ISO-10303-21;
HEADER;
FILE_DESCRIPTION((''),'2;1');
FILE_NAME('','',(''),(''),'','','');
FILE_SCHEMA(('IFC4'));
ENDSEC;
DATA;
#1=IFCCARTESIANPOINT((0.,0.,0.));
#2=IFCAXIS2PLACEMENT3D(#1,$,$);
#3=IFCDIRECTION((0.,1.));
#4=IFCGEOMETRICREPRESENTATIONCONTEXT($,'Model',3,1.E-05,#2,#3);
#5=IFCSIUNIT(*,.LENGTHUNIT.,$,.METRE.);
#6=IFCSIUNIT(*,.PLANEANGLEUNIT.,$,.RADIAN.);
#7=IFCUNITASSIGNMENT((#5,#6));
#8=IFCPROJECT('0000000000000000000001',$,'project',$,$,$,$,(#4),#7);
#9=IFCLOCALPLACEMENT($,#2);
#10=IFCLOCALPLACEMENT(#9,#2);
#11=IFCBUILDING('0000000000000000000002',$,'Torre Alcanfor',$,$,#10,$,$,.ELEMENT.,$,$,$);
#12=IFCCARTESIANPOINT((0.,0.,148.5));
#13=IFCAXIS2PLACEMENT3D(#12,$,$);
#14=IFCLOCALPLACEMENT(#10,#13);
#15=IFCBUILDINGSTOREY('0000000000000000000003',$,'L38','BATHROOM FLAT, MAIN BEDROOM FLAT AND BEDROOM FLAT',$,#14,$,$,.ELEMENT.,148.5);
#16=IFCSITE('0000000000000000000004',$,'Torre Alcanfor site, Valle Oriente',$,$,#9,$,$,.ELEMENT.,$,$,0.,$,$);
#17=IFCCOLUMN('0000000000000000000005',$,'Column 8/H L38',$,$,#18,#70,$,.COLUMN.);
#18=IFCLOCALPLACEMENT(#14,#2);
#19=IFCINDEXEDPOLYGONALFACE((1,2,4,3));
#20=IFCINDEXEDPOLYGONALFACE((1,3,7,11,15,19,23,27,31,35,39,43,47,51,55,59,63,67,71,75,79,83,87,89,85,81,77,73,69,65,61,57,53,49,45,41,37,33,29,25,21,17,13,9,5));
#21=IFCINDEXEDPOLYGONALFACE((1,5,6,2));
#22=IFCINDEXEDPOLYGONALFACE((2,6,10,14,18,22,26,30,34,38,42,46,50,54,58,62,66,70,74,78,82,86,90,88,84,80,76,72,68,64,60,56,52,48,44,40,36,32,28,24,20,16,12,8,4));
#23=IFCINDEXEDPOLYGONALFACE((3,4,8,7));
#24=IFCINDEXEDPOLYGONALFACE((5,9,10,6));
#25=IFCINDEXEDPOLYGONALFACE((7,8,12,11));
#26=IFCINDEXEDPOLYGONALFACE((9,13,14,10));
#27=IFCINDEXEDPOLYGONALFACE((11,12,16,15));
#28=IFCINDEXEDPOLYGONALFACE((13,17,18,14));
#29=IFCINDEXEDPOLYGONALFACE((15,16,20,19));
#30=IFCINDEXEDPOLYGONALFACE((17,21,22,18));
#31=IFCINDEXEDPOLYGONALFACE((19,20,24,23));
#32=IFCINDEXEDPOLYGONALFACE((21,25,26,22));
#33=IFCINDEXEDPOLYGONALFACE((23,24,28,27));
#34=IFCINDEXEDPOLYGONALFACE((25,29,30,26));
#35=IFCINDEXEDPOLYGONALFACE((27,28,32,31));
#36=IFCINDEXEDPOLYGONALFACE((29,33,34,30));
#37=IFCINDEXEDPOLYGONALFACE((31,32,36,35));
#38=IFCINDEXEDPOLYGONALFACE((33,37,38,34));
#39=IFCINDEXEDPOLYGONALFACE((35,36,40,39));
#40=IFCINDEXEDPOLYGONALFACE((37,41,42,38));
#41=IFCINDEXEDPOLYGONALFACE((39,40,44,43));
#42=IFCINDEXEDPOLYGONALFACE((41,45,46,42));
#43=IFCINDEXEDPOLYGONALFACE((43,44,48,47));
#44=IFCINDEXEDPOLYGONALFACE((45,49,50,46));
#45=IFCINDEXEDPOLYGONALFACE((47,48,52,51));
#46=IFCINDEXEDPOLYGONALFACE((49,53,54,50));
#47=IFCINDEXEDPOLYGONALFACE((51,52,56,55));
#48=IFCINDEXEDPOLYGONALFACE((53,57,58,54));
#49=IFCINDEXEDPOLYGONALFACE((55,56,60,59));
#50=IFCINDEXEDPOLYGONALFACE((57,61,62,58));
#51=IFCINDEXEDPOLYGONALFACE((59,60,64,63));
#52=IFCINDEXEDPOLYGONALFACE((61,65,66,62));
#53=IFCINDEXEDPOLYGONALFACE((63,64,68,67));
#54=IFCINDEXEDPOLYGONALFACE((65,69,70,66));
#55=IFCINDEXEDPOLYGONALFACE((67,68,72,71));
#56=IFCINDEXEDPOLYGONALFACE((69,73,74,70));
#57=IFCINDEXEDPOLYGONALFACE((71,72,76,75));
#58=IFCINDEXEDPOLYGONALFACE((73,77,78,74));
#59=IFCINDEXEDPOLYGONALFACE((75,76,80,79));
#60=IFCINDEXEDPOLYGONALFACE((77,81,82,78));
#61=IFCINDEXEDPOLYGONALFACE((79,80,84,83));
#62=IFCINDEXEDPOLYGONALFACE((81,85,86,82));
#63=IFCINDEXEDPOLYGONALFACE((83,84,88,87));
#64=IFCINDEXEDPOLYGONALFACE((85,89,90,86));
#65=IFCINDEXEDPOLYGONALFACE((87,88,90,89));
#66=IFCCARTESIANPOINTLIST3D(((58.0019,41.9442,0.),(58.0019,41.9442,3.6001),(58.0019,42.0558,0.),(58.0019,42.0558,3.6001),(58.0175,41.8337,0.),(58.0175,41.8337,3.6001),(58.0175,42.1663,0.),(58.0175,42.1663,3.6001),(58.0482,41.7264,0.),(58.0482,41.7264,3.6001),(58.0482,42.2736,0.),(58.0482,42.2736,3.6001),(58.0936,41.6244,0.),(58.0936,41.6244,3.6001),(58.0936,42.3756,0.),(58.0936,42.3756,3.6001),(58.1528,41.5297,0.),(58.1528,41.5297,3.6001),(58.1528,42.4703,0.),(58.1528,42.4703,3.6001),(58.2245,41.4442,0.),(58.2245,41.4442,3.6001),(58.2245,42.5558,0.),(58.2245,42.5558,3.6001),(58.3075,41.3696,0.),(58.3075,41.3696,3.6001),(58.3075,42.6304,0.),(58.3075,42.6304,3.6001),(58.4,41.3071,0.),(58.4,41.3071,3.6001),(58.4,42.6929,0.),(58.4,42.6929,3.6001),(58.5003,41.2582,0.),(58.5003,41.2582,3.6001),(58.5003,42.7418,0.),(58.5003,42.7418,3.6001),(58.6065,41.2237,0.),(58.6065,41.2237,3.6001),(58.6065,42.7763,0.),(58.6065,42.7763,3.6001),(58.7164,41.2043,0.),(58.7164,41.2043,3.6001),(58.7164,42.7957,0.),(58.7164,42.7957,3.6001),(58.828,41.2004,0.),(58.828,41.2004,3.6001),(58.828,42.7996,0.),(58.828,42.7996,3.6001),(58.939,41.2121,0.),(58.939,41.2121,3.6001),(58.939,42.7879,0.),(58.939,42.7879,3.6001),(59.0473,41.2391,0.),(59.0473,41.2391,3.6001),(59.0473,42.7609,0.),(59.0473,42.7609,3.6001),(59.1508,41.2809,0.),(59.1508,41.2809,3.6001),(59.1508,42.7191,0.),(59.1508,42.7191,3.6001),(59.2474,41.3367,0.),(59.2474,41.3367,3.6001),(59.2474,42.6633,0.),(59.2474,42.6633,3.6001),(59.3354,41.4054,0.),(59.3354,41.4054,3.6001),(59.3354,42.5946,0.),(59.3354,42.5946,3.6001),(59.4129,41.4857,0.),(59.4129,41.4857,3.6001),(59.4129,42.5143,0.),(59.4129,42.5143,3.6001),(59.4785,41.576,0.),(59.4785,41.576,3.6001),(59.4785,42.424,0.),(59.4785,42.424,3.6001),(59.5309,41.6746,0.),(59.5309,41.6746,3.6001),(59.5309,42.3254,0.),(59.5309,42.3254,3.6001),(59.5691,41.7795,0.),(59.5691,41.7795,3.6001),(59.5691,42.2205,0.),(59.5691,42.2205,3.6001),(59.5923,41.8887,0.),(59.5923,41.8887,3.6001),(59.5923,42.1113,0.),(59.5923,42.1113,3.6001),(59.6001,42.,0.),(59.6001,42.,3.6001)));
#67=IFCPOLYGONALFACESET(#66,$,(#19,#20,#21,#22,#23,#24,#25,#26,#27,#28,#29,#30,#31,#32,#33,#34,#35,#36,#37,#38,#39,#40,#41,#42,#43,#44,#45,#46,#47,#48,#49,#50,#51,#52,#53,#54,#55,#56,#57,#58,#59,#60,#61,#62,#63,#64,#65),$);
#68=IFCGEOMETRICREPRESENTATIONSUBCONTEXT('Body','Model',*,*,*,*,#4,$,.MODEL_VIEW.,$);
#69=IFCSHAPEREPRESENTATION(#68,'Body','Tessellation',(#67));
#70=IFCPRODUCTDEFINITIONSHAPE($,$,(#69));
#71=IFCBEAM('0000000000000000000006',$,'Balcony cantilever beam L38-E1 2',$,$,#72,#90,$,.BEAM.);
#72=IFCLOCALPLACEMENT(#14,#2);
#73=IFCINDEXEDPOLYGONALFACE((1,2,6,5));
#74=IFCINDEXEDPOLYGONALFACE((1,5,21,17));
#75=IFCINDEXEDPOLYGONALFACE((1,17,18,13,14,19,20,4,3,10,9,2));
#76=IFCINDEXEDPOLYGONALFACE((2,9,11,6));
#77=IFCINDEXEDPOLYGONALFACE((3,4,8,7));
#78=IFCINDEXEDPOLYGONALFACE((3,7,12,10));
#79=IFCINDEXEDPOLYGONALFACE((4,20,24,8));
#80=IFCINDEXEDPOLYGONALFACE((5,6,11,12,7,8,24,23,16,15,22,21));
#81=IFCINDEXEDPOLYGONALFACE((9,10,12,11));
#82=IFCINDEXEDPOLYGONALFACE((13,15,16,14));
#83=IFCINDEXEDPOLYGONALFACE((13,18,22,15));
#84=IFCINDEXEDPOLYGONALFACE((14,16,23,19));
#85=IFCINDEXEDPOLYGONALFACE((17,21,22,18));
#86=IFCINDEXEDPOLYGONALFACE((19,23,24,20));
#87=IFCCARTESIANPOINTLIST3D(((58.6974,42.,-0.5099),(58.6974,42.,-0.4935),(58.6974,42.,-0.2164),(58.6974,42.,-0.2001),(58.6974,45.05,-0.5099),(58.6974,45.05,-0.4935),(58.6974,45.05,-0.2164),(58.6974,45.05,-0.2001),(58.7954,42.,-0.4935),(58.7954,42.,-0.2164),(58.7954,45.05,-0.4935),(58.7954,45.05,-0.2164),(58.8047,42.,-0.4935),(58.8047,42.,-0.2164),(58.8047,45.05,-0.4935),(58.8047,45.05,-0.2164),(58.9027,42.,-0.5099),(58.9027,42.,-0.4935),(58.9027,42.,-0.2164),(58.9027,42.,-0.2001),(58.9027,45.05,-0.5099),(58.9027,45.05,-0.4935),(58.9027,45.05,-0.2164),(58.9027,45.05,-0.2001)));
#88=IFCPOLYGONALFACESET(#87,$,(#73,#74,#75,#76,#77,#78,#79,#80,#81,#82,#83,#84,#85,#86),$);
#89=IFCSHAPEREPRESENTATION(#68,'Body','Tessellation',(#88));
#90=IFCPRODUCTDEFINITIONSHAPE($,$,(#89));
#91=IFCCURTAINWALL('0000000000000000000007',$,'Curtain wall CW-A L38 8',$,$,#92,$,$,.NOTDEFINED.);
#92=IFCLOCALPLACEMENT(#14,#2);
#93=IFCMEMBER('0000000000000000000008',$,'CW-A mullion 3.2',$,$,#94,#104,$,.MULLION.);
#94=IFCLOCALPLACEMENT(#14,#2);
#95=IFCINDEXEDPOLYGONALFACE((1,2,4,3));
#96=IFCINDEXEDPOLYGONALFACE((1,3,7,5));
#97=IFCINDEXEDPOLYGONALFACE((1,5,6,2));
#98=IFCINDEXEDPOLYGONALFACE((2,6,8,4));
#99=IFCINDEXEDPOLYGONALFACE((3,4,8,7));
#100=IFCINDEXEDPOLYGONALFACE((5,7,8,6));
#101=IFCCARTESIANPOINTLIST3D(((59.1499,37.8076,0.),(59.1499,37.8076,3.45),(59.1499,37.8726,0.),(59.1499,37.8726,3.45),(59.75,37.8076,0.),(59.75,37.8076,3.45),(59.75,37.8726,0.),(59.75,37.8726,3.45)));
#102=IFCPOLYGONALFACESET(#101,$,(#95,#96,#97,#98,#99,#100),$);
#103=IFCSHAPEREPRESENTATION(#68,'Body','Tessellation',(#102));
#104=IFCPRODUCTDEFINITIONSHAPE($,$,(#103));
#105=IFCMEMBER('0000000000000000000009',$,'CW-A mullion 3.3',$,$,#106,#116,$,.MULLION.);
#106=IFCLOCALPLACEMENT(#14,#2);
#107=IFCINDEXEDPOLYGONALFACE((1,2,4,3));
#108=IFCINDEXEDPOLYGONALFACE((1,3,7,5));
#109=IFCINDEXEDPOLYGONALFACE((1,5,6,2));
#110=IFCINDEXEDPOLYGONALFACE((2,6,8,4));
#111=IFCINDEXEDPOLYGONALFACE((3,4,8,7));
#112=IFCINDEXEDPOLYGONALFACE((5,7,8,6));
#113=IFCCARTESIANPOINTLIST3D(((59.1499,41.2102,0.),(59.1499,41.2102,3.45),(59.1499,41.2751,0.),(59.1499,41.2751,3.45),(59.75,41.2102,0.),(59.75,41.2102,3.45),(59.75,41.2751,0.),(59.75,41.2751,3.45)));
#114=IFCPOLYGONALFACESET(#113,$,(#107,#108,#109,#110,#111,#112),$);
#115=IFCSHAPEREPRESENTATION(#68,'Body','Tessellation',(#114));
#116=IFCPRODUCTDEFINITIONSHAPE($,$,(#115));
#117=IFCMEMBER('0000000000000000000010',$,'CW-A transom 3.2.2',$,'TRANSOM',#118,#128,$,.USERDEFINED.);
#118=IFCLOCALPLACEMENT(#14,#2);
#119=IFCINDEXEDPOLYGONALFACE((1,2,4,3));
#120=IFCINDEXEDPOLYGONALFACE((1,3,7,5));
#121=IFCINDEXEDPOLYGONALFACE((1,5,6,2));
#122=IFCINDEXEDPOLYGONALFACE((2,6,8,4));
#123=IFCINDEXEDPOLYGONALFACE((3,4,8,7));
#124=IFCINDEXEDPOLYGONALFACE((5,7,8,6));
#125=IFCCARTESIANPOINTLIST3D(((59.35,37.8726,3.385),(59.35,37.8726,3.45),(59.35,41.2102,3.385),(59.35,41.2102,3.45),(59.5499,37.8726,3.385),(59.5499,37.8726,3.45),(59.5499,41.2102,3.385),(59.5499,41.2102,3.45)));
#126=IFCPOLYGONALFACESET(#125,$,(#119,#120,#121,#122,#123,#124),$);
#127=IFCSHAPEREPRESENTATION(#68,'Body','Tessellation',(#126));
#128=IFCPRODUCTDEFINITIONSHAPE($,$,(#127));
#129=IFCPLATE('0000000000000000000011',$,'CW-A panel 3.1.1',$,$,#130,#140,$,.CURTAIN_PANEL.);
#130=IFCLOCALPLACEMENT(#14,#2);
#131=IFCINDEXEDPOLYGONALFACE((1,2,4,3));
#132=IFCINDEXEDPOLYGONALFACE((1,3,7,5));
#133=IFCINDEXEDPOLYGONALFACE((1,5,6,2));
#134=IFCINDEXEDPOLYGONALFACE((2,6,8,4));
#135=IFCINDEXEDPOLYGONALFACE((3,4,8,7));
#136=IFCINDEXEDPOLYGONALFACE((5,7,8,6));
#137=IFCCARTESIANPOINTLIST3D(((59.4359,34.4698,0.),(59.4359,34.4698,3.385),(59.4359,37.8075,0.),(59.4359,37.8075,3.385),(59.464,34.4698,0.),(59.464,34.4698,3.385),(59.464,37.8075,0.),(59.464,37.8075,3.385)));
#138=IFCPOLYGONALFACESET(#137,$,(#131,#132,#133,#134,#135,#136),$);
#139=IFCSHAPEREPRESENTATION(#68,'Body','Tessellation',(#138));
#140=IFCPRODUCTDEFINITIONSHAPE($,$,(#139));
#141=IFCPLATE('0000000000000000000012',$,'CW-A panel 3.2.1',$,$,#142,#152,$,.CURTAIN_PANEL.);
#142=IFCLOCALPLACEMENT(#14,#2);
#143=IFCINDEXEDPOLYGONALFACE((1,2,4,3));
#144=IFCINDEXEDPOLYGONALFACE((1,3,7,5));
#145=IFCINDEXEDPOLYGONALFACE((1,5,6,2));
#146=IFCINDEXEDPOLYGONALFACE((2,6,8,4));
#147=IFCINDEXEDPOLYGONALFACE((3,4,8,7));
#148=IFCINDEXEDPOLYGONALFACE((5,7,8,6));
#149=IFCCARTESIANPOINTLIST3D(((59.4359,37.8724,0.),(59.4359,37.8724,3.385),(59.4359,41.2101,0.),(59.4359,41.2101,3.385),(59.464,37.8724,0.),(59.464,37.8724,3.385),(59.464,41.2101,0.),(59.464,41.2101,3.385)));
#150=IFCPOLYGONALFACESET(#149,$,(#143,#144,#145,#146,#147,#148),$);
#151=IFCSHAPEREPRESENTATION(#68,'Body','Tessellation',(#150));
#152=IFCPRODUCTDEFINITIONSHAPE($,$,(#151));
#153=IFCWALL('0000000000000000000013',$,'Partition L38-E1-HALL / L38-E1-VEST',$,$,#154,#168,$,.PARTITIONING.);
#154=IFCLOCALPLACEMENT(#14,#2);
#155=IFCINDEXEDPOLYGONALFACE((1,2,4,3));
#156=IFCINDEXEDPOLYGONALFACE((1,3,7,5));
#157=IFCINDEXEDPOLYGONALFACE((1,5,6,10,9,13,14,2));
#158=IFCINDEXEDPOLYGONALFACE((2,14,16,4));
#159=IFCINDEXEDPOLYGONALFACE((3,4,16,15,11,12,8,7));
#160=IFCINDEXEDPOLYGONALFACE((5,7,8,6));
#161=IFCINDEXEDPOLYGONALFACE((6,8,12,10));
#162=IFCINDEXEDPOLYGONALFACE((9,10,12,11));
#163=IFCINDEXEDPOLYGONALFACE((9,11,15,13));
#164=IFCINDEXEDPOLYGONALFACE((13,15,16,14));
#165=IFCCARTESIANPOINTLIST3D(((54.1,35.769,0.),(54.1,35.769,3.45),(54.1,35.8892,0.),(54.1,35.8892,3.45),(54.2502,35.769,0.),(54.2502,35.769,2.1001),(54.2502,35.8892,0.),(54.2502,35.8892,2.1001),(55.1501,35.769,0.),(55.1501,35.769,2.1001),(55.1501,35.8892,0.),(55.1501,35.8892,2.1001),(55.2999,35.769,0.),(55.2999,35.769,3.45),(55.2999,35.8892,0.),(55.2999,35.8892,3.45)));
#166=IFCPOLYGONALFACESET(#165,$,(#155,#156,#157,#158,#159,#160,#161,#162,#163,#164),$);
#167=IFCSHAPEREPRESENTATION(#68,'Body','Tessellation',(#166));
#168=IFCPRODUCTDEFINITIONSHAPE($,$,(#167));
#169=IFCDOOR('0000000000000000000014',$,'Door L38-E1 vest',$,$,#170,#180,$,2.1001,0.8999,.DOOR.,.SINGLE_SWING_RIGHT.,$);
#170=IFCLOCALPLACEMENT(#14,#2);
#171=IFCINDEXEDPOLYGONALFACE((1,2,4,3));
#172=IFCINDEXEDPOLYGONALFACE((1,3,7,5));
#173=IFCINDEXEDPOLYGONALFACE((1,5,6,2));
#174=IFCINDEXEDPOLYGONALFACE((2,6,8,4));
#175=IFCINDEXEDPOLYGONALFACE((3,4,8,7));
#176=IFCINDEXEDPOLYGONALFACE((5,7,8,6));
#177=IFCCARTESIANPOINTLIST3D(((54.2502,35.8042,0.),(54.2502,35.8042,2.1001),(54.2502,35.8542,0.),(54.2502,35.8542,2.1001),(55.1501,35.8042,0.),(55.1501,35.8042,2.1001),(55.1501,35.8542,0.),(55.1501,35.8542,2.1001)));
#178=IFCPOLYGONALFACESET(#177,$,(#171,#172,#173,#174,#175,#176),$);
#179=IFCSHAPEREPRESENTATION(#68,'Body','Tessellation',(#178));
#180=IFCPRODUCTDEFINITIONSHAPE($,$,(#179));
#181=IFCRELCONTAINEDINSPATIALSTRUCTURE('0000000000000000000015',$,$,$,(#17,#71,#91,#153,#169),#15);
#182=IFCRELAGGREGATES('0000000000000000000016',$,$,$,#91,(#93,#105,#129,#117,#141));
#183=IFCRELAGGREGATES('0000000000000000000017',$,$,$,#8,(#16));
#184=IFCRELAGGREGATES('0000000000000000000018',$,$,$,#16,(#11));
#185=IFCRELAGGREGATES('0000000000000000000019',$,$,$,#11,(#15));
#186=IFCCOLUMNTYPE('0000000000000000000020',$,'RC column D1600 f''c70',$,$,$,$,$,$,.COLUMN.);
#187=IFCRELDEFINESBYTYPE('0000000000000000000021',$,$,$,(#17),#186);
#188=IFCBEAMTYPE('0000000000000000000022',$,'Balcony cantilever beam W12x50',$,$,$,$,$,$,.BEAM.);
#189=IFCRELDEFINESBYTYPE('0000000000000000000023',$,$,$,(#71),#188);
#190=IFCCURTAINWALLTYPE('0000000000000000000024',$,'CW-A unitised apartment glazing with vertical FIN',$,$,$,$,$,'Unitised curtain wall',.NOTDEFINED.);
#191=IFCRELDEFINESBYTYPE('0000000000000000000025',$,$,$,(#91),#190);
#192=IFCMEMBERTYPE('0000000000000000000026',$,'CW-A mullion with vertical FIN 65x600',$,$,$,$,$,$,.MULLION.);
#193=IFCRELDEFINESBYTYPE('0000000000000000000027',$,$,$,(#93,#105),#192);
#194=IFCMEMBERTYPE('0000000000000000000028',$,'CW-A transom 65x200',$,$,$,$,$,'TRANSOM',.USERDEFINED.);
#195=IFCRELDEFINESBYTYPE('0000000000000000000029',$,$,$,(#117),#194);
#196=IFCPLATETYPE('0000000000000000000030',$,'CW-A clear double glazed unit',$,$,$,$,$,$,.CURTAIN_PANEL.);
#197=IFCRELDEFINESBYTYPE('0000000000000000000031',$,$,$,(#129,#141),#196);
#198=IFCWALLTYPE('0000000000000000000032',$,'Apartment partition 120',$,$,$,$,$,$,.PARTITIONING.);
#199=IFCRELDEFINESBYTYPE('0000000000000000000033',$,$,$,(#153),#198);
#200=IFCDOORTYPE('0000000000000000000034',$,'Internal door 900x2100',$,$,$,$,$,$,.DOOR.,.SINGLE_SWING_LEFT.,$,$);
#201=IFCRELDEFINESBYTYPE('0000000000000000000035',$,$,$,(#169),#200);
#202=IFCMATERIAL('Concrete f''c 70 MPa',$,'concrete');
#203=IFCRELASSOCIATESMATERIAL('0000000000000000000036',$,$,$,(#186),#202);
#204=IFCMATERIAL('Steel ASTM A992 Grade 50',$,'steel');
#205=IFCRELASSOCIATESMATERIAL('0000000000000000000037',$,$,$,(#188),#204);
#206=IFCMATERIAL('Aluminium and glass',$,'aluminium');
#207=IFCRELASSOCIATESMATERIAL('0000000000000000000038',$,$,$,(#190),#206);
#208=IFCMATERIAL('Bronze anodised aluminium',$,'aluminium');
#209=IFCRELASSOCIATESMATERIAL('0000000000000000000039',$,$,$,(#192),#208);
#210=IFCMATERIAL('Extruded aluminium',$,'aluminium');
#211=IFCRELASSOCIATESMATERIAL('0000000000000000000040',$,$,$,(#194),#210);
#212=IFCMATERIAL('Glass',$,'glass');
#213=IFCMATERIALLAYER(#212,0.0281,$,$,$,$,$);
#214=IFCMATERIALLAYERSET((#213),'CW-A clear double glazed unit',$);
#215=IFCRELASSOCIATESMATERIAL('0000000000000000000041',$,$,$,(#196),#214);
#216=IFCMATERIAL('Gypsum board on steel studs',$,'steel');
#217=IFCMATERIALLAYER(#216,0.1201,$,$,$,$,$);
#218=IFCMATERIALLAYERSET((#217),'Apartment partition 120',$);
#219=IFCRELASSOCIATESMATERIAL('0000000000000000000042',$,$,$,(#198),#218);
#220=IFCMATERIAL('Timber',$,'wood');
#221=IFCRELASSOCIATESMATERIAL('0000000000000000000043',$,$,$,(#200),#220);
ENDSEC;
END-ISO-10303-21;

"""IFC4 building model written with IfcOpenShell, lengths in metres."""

from ifc_helpers import new_model, si_unit, direction, frame, frame_2d, origin, origin_2d, place, context, subcontext, project, spatial, rectangle, circle, i_section, extrude, material, layer, layer_set, material_profile, profile_set, type_object, element, fill, aggregate, save


model = new_model("IFC4")

# Units and contexts
model_context = context("Model", 3, precision=1e-05, world=origin(), true_north=direction((0.0, 1.0)))
body_context = subcontext(model_context, "Body", "Model", "MODEL_VIEW")
ifc_project = project(units=[si_unit("LENGTHUNIT", "METRE"), si_unit("PLANEANGLEUNIT", "RADIAN")], contexts=[model_context])

# Site, building, storey
site_placement = place(None, origin())
site = spatial("IfcSite", under=ifc_project, at=site_placement, Name="Torre Alcanfor site, Valle Oriente", CompositionType="ELEMENT", RefElevation=0.0)
building_placement = place(site_placement, origin())
building = spatial("IfcBuilding", under=site, at=building_placement, Name="Torre Alcanfor", CompositionType="ELEMENT")
storey_placement = place(building_placement, frame((0.0, 0.0, 148.5)))
storey = spatial("IfcBuildingStorey", under=building, at=storey_placement, Name="L38", Description="BATHROOM FLAT, MAIN BEDROOM FLAT AND BEDROOM FLAT", CompositionType="ELEMENT", Elevation=148.5)

# Column
ifc_material_1 = material(Name="Concrete f'c 70 MPa", Category="concrete")
ifc_material_profile_1 = material_profile(ifc_material_1, circle(Radius=0.8, at=origin_2d()), Name="D1600")
ifc_profile_set_1 = profile_set([ifc_material_profile_1], Name="Concrete f'c 70 MPa")
column_type = type_object("IfcColumnType", Name="RC column D1600 f'c70", PredefinedType="COLUMN", material=ifc_profile_set_1)
column_placement = place(storey_placement, frame((58.8, 42.0, 0.0), z_axis=(0.0, 0.0, 1.0), x_axis=(1.0, 0.0, 0.0)))
element("IfcColumn", 1, at=column_placement, inside=storey, type_object=column_type, Name="Column 8/H L38", PredefinedType="COLUMN", context=body_context, shape_type="SweptSolid", body=[
    extrude(circle(Radius=0.8, at=origin_2d()), origin(), (0.0, 0.0, 1.0), 3.6001),
])

# Beam
ifc_material_2 = material(Name="Steel ASTM A992 Grade 50", Category="steel")
ifc_material_profile_2 = material_profile(ifc_material_2, i_section(OverallWidth=0.2053, OverallDepth=0.3098, WebThickness=0.0093, FlangeThickness=0.0164, at=origin_2d()), Name="W12x50")
ifc_profile_set_2 = profile_set([ifc_material_profile_2], Name="Steel ASTM A992 Grade 50")
beam_type = type_object("IfcBeamType", Name="Balcony cantilever beam W12x50", PredefinedType="BEAM", material=ifc_profile_set_2)
beam_placement = place(storey_placement, frame((58.8, 42.0, -0.355), z_axis=(0.0, 1.0, 0.0), x_axis=(-1.0, 0.0, 0.0)))
element("IfcBeam", 2, at=beam_placement, inside=storey, type_object=beam_type, Name="Balcony cantilever beam L38-E1 2", PredefinedType="BEAM", context=body_context, shape_type="SweptSolid", body=[
    extrude(i_section(OverallWidth=0.2053, OverallDepth=0.3098, WebThickness=0.0093, FlangeThickness=0.0164, at=origin_2d()), origin(), (0.0, 0.0, 1.0), 3.05),
])

# Curtain wall, members, plates
ifc_material_3 = material(Name="Aluminium and glass", Category="aluminium")
curtain_wall_type = type_object("IfcCurtainWallType", Name="CW-A unitised apartment glazing with vertical FIN", ElementType="Unitised curtain wall", PredefinedType="NOTDEFINED", material=ifc_material_3)
curtain_wall_placement = place(storey_placement, origin())
curtain_wall = element("IfcCurtainWall", 3, at=curtain_wall_placement, inside=storey, type_object=curtain_wall_type, Name="Curtain wall CW-A L38 8", PredefinedType="NOTDEFINED")
ifc_material_4 = material(Name="Bronze anodised aluminium", Category="aluminium")
ifc_material_profile_3 = material_profile(ifc_material_4, rectangle(XDim=0.6001, YDim=0.0649, at=origin_2d()), Name="CW-A mullion 65x600")
ifc_profile_set_3 = profile_set([ifc_material_profile_3], Name="Bronze anodised aluminium")
member_type_1 = type_object("IfcMemberType", Name="CW-A mullion with vertical FIN 65x600", PredefinedType="MULLION", material=ifc_profile_set_3)
member_1_placement = place(storey_placement, frame((59.45, 37.8401, 0.0), z_axis=(0.0, 0.0, 1.0), x_axis=(-1.0, 0.0, 0.0)))
member_1 = element("IfcMember", 4, at=member_1_placement, type_object=member_type_1, Name="CW-A mullion 3.2", PredefinedType="MULLION", context=body_context, shape_type="SweptSolid", body=[
    extrude(rectangle(XDim=0.6001, YDim=0.0649, at=origin_2d()), origin(), (0.0, 0.0, 1.0), 3.45),
])
member_2_placement = place(storey_placement, frame((59.45, 41.2427, 0.0), z_axis=(0.0, 0.0, 1.0), x_axis=(-1.0, 0.0, 0.0)))
member_2 = element("IfcMember", 5, at=member_2_placement, type_object=member_type_1, Name="CW-A mullion 3.3", PredefinedType="MULLION", context=body_context, shape_type="SweptSolid", body=[
    extrude(rectangle(XDim=0.6001, YDim=0.0649, at=origin_2d()), origin(), (0.0, 0.0, 1.0), 3.45),
])
ifc_material_5 = material(Name="Extruded aluminium", Category="aluminium")
ifc_material_profile_4 = material_profile(ifc_material_5, rectangle(XDim=0.2, YDim=0.0649, at=origin_2d()), Name="CW-A transom 200x65")
ifc_profile_set_4 = profile_set([ifc_material_profile_4], Name="Extruded aluminium")
member_type_2 = type_object("IfcMemberType", Name="CW-A transom 65x200", ElementType="TRANSOM", PredefinedType="USERDEFINED", material=ifc_profile_set_4)
member_3_placement = place(storey_placement, frame((59.45, 37.8726, 3.4175), z_axis=(0.0, 1.0, 0.0), x_axis=(-1.0, 0.0, 0.0)))
member_3 = element("IfcMember", 6, at=member_3_placement, type_object=member_type_2, Name="CW-A transom 3.2.2", ObjectType="TRANSOM", PredefinedType="USERDEFINED", context=body_context, shape_type="SweptSolid", body=[
    extrude(rectangle(XDim=0.2, YDim=0.0649, at=origin_2d()), origin(), (0.0, 0.0, 1.0), 3.3376),
])
ifc_material_6 = material(Name="Glass", Category="glass")
ifc_layer_1 = layer(ifc_material_6, 0.0281)
ifc_layer_set_1 = layer_set([ifc_layer_1], Name="CW-A clear double glazed unit")
plate_type = type_object("IfcPlateType", Name="CW-A clear double glazed unit", PredefinedType="CURTAIN_PANEL", material=ifc_layer_set_1)
plate_1_placement = place(storey_placement, frame((59.45, 36.1387, 0.0), z_axis=(0.0, 0.0, 1.0), x_axis=(0.0, 1.0, 0.0)))
plate_1 = element("IfcPlate", 7, at=plate_1_placement, type_object=plate_type, Name="CW-A panel 3.1.1", PredefinedType="CURTAIN_PANEL", context=body_context, shape_type="SweptSolid", body=[
    extrude(rectangle(XDim=3.3376, YDim=0.0281, at=origin_2d()), origin(), (0.0, 0.0, 1.0), 3.385),
])
plate_2_placement = place(storey_placement, frame((59.45, 39.5413, 0.0), z_axis=(0.0, 0.0, 1.0), x_axis=(0.0, 1.0, 0.0)))
plate_2 = element("IfcPlate", 8, at=plate_2_placement, type_object=plate_type, Name="CW-A panel 3.2.1", PredefinedType="CURTAIN_PANEL", context=body_context, shape_type="SweptSolid", body=[
    extrude(rectangle(XDim=3.3376, YDim=0.0281, at=origin_2d()), origin(), (0.0, 0.0, 1.0), 3.385),
])
aggregate(curtain_wall, [member_1, member_2, plate_1, member_3, plate_2])

# Wall, opening, door
ifc_material_7 = material(Name="Gypsum board on steel studs", Category="steel")
ifc_layer_2 = layer(ifc_material_7, 0.1201)
ifc_layer_set_2 = layer_set([ifc_layer_2], Name="Apartment partition 120")
wall_type_1 = type_object("IfcWallType", Name="Apartment partition 120", PredefinedType="PARTITIONING", material=ifc_layer_set_2)
wall_1_placement = place(storey_placement, frame((55.3, 35.8291, 0.0), z_axis=(0.0, 0.0, 1.0), x_axis=(-1.0, 0.0, 0.0)))
wall_1 = element("IfcWall", 9, at=wall_1_placement, inside=storey, type_object=wall_type_1, Name="Partition L38-E1-HALL / L38-E1-VEST", PredefinedType="PARTITIONING", context=body_context, shape_type="SweptSolid", body=[
    extrude(rectangle(XDim=1.2, YDim=0.1201, at=frame_2d((0.6001, 0.0))), origin(), (0.0, 0.0, 1.0), 3.45),
])
opening_1_placement = place(wall_1_placement, frame((0.1499, 0.0, 0.0)))
opening_1 = element("IfcOpeningElement", 10, at=opening_1_placement, cuts=wall_1, PredefinedType="OPENING", context=body_context, shape_type="SweptSolid", body=[
    extrude(rectangle(XDim=0.8999, YDim=2.1001, at=frame_2d((0.45, 1.05))), frame((0.0, 0.0701, 0.0), z_axis=(0.0, -1.0, 0.0), x_axis=(1.0, 0.0, 0.0)), (0.0, 0.0, 1.0), 0.1401),
])
ifc_material_8 = material(Name="Timber", Category="wood")
door_type_1 = type_object("IfcDoorType", Name="Internal door 900x2100", OperationType="SINGLE_SWING_LEFT", PredefinedType="DOOR", material=ifc_material_8)
door_1_placement = place(opening_1_placement, frame((0.8999, 0.0, 0.0), z_axis=(0.0, 0.0, 1.0), x_axis=(-1.0, 0.0, 0.0)))
door_1 = element("IfcDoor", 11, at=door_1_placement, inside=storey, type_object=door_type_1, Name="Door L38-E1 vest", OperationType="SINGLE_SWING_RIGHT", OverallHeight=2.1001, OverallWidth=0.8999, PredefinedType="DOOR", context=body_context, shape_type="SweptSolid", body=[
    extrude(rectangle(XDim=0.8999, YDim=2.1001, at=frame_2d((0.45, 1.05))), frame((0.0, 0.0251, 0.0), z_axis=(0.0, -1.0, 0.0), x_axis=(1.0, 0.0, 0.0)), (0.0, 0.0, 1.0), 0.05),
])
fill(opening_1, door_1)

save(model, "model.ifc")
